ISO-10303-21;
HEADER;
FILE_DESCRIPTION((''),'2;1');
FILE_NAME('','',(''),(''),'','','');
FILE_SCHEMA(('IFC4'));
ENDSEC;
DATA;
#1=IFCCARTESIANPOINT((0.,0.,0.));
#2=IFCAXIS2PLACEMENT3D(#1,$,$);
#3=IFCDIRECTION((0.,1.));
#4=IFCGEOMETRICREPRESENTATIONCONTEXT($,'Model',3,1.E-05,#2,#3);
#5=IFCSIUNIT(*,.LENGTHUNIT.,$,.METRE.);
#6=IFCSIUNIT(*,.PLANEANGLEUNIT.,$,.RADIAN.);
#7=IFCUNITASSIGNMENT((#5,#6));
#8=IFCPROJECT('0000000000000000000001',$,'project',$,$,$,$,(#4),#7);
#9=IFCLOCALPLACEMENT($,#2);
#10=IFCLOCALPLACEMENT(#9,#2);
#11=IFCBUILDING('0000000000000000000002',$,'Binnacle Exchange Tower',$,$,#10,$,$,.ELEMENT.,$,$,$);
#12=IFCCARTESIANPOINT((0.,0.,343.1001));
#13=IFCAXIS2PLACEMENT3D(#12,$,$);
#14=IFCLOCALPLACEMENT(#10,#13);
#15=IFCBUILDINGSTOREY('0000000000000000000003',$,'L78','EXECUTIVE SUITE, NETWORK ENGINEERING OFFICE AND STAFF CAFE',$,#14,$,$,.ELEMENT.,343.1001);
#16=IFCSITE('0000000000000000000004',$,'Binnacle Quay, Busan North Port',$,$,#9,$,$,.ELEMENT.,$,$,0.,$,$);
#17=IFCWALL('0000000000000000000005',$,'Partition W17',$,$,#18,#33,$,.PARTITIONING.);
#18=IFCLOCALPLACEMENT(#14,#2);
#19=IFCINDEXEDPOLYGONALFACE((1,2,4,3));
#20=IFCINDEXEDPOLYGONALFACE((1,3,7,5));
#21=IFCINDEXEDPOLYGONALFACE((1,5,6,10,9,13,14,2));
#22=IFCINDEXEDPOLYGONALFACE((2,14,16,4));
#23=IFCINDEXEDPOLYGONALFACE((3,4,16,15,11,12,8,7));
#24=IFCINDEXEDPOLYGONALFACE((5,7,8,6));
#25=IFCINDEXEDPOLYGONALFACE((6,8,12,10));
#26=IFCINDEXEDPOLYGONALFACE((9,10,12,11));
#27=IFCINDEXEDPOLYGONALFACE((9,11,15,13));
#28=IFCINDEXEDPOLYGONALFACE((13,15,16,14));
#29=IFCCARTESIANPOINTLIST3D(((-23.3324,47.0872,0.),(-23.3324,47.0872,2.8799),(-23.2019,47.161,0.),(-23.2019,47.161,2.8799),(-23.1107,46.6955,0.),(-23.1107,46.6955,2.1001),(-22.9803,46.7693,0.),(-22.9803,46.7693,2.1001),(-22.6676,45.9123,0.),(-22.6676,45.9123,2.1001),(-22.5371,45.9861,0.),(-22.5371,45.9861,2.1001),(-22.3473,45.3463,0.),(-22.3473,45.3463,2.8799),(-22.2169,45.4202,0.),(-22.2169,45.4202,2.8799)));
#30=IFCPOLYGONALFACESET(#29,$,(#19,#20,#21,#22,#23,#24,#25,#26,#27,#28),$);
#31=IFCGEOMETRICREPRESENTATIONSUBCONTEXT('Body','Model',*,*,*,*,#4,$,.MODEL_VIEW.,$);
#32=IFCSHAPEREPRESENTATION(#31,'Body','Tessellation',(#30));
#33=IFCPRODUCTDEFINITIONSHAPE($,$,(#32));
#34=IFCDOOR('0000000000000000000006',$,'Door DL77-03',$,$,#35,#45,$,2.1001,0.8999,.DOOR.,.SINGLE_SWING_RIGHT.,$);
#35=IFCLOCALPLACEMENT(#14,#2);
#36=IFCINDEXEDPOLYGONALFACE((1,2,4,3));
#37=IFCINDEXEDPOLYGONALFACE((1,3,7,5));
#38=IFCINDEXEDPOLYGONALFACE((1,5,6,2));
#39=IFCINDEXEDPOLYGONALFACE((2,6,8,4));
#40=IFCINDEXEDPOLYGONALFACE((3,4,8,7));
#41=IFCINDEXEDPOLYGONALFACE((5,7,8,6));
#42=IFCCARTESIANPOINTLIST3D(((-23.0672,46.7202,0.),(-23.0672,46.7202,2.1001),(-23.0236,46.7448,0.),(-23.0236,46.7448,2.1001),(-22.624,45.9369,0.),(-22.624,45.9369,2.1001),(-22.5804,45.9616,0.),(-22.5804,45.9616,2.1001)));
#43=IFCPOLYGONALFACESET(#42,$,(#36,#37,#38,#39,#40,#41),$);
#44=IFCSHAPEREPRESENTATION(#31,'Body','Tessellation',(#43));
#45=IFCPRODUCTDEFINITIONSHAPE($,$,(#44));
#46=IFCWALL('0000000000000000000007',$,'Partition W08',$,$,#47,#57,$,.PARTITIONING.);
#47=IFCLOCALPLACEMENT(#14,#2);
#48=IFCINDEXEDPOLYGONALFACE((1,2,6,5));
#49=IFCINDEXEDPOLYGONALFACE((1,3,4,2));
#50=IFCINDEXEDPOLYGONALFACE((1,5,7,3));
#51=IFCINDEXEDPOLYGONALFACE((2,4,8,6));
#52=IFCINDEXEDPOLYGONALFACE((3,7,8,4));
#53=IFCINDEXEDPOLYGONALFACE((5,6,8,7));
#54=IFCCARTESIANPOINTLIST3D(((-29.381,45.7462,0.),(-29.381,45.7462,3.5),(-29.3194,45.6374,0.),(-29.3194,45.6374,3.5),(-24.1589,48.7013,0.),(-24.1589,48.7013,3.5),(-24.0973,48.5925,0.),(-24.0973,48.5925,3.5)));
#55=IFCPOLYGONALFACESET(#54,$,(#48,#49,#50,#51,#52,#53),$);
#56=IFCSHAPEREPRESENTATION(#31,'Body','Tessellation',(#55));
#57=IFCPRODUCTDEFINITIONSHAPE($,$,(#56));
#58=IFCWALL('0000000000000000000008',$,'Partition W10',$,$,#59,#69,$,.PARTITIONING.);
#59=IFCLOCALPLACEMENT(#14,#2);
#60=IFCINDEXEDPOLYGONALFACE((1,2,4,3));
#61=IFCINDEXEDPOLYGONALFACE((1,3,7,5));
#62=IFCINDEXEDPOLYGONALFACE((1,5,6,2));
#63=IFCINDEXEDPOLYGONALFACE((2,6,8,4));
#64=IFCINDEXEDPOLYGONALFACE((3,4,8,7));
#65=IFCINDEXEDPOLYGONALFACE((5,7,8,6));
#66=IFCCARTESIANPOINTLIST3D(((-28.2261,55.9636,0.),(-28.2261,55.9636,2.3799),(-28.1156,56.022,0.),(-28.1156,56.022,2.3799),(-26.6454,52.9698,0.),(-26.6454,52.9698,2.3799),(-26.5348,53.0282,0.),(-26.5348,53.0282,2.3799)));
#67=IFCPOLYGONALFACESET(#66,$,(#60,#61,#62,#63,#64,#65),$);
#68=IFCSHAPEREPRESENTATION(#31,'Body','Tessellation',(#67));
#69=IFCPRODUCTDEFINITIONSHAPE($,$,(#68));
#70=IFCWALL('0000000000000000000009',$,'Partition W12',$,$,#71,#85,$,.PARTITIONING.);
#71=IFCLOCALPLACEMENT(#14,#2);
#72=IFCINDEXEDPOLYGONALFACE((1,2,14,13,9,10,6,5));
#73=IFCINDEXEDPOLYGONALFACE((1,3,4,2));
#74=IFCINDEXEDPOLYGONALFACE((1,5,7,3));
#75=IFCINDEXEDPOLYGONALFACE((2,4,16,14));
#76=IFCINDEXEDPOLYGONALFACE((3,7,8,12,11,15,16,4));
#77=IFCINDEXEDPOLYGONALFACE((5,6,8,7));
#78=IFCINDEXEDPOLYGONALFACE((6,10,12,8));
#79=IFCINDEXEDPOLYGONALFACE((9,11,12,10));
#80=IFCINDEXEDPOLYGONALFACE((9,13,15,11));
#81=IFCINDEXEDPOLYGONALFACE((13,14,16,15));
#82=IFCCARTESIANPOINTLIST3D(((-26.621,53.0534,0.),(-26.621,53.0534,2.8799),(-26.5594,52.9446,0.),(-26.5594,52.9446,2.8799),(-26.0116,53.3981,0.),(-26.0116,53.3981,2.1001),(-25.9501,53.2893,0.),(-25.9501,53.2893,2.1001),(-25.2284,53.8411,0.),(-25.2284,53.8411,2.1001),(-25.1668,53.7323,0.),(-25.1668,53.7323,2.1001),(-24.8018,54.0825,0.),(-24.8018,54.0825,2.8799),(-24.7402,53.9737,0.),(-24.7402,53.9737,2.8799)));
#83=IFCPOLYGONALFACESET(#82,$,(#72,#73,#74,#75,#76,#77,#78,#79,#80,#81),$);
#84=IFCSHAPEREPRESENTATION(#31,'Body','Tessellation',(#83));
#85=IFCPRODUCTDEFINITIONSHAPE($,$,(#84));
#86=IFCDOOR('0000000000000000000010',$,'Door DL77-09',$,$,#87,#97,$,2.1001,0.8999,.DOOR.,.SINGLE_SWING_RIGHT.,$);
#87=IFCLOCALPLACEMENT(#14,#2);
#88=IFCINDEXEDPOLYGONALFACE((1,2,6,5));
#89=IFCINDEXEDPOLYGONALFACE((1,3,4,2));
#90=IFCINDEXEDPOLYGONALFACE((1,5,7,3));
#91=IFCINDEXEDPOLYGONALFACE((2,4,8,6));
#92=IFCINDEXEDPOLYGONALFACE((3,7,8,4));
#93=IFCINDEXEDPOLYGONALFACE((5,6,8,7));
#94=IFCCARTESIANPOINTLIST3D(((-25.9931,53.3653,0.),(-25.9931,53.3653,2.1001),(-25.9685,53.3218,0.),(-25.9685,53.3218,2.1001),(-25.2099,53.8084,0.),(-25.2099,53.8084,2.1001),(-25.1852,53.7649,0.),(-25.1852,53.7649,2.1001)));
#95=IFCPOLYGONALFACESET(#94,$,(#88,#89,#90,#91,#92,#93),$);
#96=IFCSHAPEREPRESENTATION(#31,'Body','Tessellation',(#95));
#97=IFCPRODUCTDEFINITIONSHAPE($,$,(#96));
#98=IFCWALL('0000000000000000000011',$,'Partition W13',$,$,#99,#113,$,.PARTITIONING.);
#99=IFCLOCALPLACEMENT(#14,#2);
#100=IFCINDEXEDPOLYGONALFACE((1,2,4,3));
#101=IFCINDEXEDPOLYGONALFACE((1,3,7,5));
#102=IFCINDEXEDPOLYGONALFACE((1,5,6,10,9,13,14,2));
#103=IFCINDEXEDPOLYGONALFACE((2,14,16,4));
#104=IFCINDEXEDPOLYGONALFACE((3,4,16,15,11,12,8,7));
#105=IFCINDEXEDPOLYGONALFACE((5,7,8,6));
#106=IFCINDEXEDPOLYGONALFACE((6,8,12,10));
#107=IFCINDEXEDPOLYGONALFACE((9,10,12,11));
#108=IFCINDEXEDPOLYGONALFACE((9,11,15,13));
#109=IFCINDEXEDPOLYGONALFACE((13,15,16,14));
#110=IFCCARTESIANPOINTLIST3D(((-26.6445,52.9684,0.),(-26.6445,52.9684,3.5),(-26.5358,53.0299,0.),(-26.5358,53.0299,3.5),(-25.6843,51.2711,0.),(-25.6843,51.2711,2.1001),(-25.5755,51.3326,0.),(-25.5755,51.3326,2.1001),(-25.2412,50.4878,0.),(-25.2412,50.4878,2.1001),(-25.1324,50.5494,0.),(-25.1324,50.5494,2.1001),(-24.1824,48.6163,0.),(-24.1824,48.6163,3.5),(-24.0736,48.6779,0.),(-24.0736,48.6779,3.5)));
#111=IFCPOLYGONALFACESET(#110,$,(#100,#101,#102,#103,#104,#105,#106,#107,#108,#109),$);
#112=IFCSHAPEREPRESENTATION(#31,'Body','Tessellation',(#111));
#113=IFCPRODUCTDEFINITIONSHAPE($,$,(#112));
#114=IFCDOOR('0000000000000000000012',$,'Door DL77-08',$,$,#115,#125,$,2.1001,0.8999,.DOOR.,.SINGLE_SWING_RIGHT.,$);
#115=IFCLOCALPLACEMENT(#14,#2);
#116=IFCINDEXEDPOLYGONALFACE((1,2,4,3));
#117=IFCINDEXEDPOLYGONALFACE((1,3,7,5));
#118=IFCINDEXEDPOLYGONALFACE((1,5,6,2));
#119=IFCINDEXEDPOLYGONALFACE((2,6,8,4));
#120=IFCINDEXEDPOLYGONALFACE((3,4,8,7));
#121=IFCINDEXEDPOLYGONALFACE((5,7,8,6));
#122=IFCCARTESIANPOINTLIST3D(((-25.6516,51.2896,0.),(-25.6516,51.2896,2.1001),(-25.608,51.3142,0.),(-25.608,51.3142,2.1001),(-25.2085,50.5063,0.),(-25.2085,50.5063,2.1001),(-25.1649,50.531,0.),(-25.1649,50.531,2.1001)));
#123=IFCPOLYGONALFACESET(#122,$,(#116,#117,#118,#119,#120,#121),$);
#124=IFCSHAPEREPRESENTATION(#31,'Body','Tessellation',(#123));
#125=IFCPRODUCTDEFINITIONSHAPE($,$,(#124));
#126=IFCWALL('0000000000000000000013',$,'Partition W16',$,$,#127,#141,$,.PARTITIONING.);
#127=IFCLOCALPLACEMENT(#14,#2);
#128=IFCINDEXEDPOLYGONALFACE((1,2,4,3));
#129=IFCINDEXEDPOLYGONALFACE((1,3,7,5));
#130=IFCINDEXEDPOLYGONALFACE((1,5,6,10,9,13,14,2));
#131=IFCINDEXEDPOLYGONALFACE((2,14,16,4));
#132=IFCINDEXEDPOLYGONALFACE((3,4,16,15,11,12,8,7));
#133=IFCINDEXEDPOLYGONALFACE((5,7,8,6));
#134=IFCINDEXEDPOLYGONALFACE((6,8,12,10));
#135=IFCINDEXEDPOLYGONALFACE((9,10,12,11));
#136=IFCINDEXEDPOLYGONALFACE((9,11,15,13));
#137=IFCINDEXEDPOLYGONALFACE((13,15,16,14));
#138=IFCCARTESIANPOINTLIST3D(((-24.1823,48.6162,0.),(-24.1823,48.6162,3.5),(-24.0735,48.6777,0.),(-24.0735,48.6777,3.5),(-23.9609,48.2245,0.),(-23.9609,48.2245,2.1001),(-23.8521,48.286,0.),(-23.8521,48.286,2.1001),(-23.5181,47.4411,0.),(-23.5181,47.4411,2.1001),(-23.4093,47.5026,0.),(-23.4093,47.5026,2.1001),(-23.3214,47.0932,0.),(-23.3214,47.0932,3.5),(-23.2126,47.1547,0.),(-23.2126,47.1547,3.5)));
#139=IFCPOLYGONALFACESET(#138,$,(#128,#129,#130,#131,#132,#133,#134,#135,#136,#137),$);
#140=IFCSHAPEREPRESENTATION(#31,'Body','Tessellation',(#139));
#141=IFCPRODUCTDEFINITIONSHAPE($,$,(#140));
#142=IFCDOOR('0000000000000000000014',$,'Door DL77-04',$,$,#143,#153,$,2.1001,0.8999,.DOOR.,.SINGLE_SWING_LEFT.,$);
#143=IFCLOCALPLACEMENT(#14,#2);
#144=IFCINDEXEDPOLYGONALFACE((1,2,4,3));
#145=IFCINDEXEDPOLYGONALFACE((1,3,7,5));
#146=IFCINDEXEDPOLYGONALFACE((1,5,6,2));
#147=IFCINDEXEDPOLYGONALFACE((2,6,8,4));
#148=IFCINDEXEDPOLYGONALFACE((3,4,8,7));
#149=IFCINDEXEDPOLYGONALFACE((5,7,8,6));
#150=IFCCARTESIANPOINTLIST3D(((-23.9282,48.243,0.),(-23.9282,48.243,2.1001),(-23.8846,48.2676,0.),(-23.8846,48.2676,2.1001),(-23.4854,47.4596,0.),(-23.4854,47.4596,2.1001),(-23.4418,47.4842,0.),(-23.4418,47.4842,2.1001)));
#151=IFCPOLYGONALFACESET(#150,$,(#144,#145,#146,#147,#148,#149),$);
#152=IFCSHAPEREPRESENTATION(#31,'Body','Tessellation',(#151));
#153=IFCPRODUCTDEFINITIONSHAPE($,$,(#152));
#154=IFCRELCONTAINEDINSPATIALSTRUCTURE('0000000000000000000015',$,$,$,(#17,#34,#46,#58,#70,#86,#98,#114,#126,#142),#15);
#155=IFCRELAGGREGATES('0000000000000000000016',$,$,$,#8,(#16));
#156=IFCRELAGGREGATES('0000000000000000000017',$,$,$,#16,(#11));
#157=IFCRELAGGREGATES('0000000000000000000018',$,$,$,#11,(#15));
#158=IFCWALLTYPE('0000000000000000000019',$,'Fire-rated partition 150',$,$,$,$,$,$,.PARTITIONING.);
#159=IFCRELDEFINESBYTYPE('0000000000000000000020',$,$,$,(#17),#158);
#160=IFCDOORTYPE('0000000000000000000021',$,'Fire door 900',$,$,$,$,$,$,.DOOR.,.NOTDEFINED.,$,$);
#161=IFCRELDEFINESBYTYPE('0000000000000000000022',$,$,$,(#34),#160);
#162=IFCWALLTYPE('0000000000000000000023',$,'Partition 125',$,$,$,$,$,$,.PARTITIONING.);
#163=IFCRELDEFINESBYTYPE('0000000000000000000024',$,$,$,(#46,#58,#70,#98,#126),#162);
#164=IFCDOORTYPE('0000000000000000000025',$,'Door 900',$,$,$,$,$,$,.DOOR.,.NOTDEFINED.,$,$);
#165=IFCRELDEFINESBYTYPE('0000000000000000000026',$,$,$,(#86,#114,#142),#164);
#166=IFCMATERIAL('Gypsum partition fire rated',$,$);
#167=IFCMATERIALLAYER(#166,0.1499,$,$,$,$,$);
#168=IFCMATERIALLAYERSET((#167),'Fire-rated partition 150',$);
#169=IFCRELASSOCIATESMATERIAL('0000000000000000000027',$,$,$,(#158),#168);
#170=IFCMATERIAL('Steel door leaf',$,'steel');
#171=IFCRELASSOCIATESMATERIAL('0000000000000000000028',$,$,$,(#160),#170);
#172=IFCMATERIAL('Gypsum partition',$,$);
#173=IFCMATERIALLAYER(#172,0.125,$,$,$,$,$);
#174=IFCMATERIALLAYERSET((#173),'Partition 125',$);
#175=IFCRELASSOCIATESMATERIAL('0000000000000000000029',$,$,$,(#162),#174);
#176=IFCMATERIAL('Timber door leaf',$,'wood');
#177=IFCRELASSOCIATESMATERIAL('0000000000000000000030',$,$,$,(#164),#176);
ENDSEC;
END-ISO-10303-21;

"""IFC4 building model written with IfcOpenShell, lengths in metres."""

from ifc_helpers import new_model, si_unit, direction, frame, frame_2d, origin, place, context, subcontext, project, spatial, rectangle, extrude, material, layer, layer_set, type_object, element, fill, save


model = new_model("IFC4")

# Units and contexts
model_context = context("Model", 3, precision=1e-05, world=origin(), true_north=direction((0.0, 1.0)))
body_context = subcontext(model_context, "Body", "Model", "MODEL_VIEW")
ifc_project = project(units=[si_unit("LENGTHUNIT", "METRE"), si_unit("PLANEANGLEUNIT", "RADIAN")], contexts=[model_context])

# Site, building, storey
site_placement = place(None, origin())
site = spatial("IfcSite", under=ifc_project, at=site_placement, Name="Binnacle Quay, Busan North Port", CompositionType="ELEMENT", RefElevation=0.0)
building_placement = place(site_placement, origin())
building = spatial("IfcBuilding", under=site, at=building_placement, Name="Binnacle Exchange Tower", CompositionType="ELEMENT")
storey_placement = place(building_placement, frame((0.0, 0.0, 343.1001)))
storey = spatial("IfcBuildingStorey", under=building, at=storey_placement, Name="L78", Description="EXECUTIVE SUITE, NETWORK ENGINEERING OFFICE AND STAFF CAFE", CompositionType="ELEMENT", Elevation=343.1001)

# Wall, opening, door
ifc_material_1 = material(Name="Steel door leaf", Category="steel")
ifc_material_2 = material(Name="Gypsum partition fire rated")
ifc_layer_1 = layer(ifc_material_2, 0.1499)
ifc_layer_set_1 = layer_set([ifc_layer_1], Name="Fire-rated partition 150")
wall_type_1 = type_object("IfcWallType", Name="Fire-rated partition 150", PredefinedType="PARTITIONING", material=ifc_layer_set_1)
wall_1_placement = place(storey_placement, frame((-23.2671, 47.124, 0.0), z_axis=(0.0, 0.0, 1.0), x_axis=(0.492467, -0.870331, 0.0)))
wall_1 = element("IfcWall", 1, at=wall_1_placement, inside=storey, type_object=wall_type_1, Name="Partition W17", PredefinedType="PARTITIONING", context=body_context, shape_type="SweptSolid", body=[
    extrude(rectangle(XDim=2.0002, YDim=0.1499, at=frame_2d((1.0, 0.0))), origin(), (0.0, 0.0, 1.0), 2.8799),
])
opening_1_placement = place(wall_1_placement, frame((0.45, 0.0, 0.0)))
opening_1 = element("IfcOpeningElement", 2, at=opening_1_placement, cuts=wall_1, PredefinedType="OPENING", context=body_context, shape_type="SweptSolid", body=[
    extrude(rectangle(XDim=0.8999, YDim=2.1001, at=frame_2d((0.45, 1.05))), frame((0.0, 0.085, 0.0), z_axis=(0.0, -1.0, 0.0), x_axis=(1.0, 0.0, 0.0)), (0.0, 0.0, 1.0), 0.1699),
])
door_type_1 = type_object("IfcDoorType", Name="Fire door 900", OperationType="NOTDEFINED", PredefinedType="DOOR", material=ifc_material_1)
door_1_placement = place(opening_1_placement, frame((0.8999, 0.0, 0.0), z_axis=(0.0, 0.0, 1.0), x_axis=(-1.0, 0.0, 0.0)))
door_1 = element("IfcDoor", 3, at=door_1_placement, inside=storey, type_object=door_type_1, Name="Door DL77-03", OperationType="SINGLE_SWING_RIGHT", OverallHeight=2.1001, OverallWidth=0.8999, PredefinedType="DOOR", context=body_context, shape_type="SweptSolid", body=[
    extrude(rectangle(XDim=0.8999, YDim=2.1001, at=frame_2d((0.45, 1.05))), frame((0.0, 0.0249, 0.0), z_axis=(0.0, -1.0, 0.0), x_axis=(1.0, 0.0, 0.0)), (0.0, 0.0, 1.0), 0.05),
])
fill(opening_1, door_1)

# Walls
ifc_material_3 = material(Name="Gypsum partition")
ifc_layer_2 = layer(ifc_material_3, 0.125)
ifc_layer_set_2 = layer_set([ifc_layer_2], Name="Partition 125")
wall_type_2 = type_object("IfcWallType", Name="Partition 125", PredefinedType="PARTITIONING", material=ifc_layer_set_2)
wall_2_placement = place(storey_placement, frame((-29.3501, 45.6919, 0.0), z_axis=(0.0, 0.0, 1.0), x_axis=(0.870319, 0.492489, 0.0)))
element("IfcWall", 4, at=wall_2_placement, inside=storey, type_object=wall_type_2, Name="Partition W08", PredefinedType="PARTITIONING", context=body_context, shape_type="SweptSolid", body=[
    extrude(rectangle(XDim=6.0002, YDim=0.125, at=frame_2d((3.0, 0.0))), origin(), (0.0, 0.0, 1.0), 3.5),
])
wall_3_placement = place(storey_placement, frame((-28.1709, 55.9929, 0.0), z_axis=(0.0, 0.0, 1.0), x_axis=(0.46692, -0.8843, 0.0)))
element("IfcWall", 5, at=wall_3_placement, inside=storey, type_object=wall_type_2, Name="Partition W10", PredefinedType="PARTITIONING", context=body_context, shape_type="SweptSolid", body=[
    extrude(rectangle(XDim=3.3855, YDim=0.125, at=frame_2d((1.6929, 0.0))), origin(), (0.0, 0.0, 1.0), 2.3799),
])

# Walls, openings, doors
wall_4_placement = place(storey_placement, frame((-26.5901, 52.999, 0.0), z_axis=(0.0, 0.0, 1.0), x_axis=(0.870384, 0.492373, 0.0)))
wall_4 = element("IfcWall", 6, at=wall_4_placement, inside=storey, type_object=wall_type_2, Name="Partition W12", PredefinedType="PARTITIONING", context=body_context, shape_type="SweptSolid", body=[
    extrude(rectangle(XDim=2.0901, YDim=0.125, at=frame_2d((1.0449, 0.0))), origin(), (0.0, 0.0, 1.0), 2.8799),
])
opening_2_placement = place(wall_4_placement, frame((0.7, 0.0, 0.0)))
opening_2 = element("IfcOpeningElement", 7, at=opening_2_placement, cuts=wall_4, PredefinedType="OPENING", context=body_context, shape_type="SweptSolid", body=[
    extrude(rectangle(XDim=0.8999, YDim=2.1001, at=frame_2d((0.45, 1.05))), frame((0.0, 0.0725, 0.0), z_axis=(0.0, -1.0, 0.0), x_axis=(1.0, 0.0, 0.0)), (0.0, 0.0, 1.0), 0.145),
])
ifc_material_4 = material(Name="Timber door leaf", Category="wood")
door_type_2 = type_object("IfcDoorType", Name="Door 900", OperationType="NOTDEFINED", PredefinedType="DOOR", material=ifc_material_4)
door_2_placement = place(opening_2_placement, origin())
door_2 = element("IfcDoor", 8, at=door_2_placement, inside=storey, type_object=door_type_2, Name="Door DL77-09", OperationType="SINGLE_SWING_RIGHT", OverallHeight=2.1001, OverallWidth=0.8999, PredefinedType="DOOR", context=body_context, shape_type="SweptSolid", body=[
    extrude(rectangle(XDim=0.8999, YDim=2.1001, at=frame_2d((0.45, 1.05))), frame((0.0, 0.0249, 0.0), z_axis=(0.0, -1.0, 0.0), x_axis=(1.0, 0.0, 0.0)), (0.0, 0.0, 1.0), 0.05),
])
fill(opening_2, door_2)
wall_5_placement = place(storey_placement, frame((-26.5901, 52.999, 0.0), z_axis=(0.0, 0.0, 1.0), x_axis=(0.492406, -0.870365, 0.0)))
wall_5 = element("IfcWall", 9, at=wall_5_placement, inside=storey, type_object=wall_type_2, Name="Partition W13", PredefinedType="PARTITIONING", context=body_context, shape_type="SweptSolid", body=[
    extrude(rectangle(XDim=5.0002, YDim=0.125, at=frame_2d((2.5, 0.0))), origin(), (0.0, 0.0, 1.0), 3.5),
])
opening_3_placement = place(wall_5_placement, frame((1.95, 0.0, 0.0)))
opening_3 = element("IfcOpeningElement", 10, at=opening_3_placement, cuts=wall_5, PredefinedType="OPENING", context=body_context, shape_type="SweptSolid", body=[
    extrude(rectangle(XDim=0.8999, YDim=2.1001, at=frame_2d((0.45, 1.05))), frame((0.0, 0.0725, 0.0), z_axis=(0.0, -1.0, 0.0), x_axis=(1.0, 0.0, 0.0)), (0.0, 0.0, 1.0), 0.145),
])
door_3_placement = place(opening_3_placement, frame((0.8999, 0.0, 0.0), z_axis=(0.0, 0.0, 1.0), x_axis=(-1.0, 0.0, 0.0)))
door_3 = element("IfcDoor", 11, at=door_3_placement, inside=storey, type_object=door_type_2, Name="Door DL77-08", OperationType="SINGLE_SWING_RIGHT", OverallHeight=2.1001, OverallWidth=0.8999, PredefinedType="DOOR", context=body_context, shape_type="SweptSolid", body=[
    extrude(rectangle(XDim=0.8999, YDim=2.1001, at=frame_2d((0.45, 1.05))), frame((0.0, 0.0249, 0.0), z_axis=(0.0, -1.0, 0.0), x_axis=(1.0, 0.0, 0.0)), (0.0, 0.0, 1.0), 0.05),
])
fill(opening_3, door_3)
wall_6_placement = place(storey_placement, frame((-24.1279, 48.647, 0.0), z_axis=(0.0, 0.0, 1.0), x_axis=(0.492076, -0.870552, 0.0)))
wall_6 = element("IfcWall", 12, at=wall_6_placement, inside=storey, type_object=wall_type_2, Name="Partition W16", PredefinedType="PARTITIONING", context=body_context, shape_type="SweptSolid", body=[
    extrude(rectangle(XDim=1.7495, YDim=0.125, at=frame_2d((0.8748, 0.0))), origin(), (0.0, 0.0, 1.0), 3.5),
])
opening_4_placement = place(wall_6_placement, frame((0.45, 0.0, 0.0)))
opening_4 = element("IfcOpeningElement", 13, at=opening_4_placement, cuts=wall_6, PredefinedType="OPENING", context=body_context, shape_type="SweptSolid", body=[
    extrude(rectangle(XDim=0.8999, YDim=2.1001, at=frame_2d((0.45, 1.05))), frame((0.0, 0.0725, 0.0), z_axis=(0.0, -1.0, 0.0), x_axis=(1.0, 0.0, 0.0)), (0.0, 0.0, 1.0), 0.145),
])
door_4_placement = place(opening_4_placement, frame((0.8999, 0.0, 0.0), z_axis=(0.0, 0.0, 1.0), x_axis=(-1.0, 0.0, 0.0)))
door_4 = element("IfcDoor", 14, at=door_4_placement, inside=storey, type_object=door_type_2, Name="Door DL77-04", OperationType="SINGLE_SWING_LEFT", OverallHeight=2.1001, OverallWidth=0.8999, PredefinedType="DOOR", context=body_context, shape_type="SweptSolid", body=[
    extrude(rectangle(XDim=0.8999, YDim=2.1001, at=frame_2d((0.45, 1.05))), frame((0.0, 0.0249, 0.0), z_axis=(0.0, -1.0, 0.0), x_axis=(1.0, 0.0, 0.0)), (0.0, 0.0, 1.0), 0.05),
])
fill(opening_4, door_4)

save(model, "model.ifc")
